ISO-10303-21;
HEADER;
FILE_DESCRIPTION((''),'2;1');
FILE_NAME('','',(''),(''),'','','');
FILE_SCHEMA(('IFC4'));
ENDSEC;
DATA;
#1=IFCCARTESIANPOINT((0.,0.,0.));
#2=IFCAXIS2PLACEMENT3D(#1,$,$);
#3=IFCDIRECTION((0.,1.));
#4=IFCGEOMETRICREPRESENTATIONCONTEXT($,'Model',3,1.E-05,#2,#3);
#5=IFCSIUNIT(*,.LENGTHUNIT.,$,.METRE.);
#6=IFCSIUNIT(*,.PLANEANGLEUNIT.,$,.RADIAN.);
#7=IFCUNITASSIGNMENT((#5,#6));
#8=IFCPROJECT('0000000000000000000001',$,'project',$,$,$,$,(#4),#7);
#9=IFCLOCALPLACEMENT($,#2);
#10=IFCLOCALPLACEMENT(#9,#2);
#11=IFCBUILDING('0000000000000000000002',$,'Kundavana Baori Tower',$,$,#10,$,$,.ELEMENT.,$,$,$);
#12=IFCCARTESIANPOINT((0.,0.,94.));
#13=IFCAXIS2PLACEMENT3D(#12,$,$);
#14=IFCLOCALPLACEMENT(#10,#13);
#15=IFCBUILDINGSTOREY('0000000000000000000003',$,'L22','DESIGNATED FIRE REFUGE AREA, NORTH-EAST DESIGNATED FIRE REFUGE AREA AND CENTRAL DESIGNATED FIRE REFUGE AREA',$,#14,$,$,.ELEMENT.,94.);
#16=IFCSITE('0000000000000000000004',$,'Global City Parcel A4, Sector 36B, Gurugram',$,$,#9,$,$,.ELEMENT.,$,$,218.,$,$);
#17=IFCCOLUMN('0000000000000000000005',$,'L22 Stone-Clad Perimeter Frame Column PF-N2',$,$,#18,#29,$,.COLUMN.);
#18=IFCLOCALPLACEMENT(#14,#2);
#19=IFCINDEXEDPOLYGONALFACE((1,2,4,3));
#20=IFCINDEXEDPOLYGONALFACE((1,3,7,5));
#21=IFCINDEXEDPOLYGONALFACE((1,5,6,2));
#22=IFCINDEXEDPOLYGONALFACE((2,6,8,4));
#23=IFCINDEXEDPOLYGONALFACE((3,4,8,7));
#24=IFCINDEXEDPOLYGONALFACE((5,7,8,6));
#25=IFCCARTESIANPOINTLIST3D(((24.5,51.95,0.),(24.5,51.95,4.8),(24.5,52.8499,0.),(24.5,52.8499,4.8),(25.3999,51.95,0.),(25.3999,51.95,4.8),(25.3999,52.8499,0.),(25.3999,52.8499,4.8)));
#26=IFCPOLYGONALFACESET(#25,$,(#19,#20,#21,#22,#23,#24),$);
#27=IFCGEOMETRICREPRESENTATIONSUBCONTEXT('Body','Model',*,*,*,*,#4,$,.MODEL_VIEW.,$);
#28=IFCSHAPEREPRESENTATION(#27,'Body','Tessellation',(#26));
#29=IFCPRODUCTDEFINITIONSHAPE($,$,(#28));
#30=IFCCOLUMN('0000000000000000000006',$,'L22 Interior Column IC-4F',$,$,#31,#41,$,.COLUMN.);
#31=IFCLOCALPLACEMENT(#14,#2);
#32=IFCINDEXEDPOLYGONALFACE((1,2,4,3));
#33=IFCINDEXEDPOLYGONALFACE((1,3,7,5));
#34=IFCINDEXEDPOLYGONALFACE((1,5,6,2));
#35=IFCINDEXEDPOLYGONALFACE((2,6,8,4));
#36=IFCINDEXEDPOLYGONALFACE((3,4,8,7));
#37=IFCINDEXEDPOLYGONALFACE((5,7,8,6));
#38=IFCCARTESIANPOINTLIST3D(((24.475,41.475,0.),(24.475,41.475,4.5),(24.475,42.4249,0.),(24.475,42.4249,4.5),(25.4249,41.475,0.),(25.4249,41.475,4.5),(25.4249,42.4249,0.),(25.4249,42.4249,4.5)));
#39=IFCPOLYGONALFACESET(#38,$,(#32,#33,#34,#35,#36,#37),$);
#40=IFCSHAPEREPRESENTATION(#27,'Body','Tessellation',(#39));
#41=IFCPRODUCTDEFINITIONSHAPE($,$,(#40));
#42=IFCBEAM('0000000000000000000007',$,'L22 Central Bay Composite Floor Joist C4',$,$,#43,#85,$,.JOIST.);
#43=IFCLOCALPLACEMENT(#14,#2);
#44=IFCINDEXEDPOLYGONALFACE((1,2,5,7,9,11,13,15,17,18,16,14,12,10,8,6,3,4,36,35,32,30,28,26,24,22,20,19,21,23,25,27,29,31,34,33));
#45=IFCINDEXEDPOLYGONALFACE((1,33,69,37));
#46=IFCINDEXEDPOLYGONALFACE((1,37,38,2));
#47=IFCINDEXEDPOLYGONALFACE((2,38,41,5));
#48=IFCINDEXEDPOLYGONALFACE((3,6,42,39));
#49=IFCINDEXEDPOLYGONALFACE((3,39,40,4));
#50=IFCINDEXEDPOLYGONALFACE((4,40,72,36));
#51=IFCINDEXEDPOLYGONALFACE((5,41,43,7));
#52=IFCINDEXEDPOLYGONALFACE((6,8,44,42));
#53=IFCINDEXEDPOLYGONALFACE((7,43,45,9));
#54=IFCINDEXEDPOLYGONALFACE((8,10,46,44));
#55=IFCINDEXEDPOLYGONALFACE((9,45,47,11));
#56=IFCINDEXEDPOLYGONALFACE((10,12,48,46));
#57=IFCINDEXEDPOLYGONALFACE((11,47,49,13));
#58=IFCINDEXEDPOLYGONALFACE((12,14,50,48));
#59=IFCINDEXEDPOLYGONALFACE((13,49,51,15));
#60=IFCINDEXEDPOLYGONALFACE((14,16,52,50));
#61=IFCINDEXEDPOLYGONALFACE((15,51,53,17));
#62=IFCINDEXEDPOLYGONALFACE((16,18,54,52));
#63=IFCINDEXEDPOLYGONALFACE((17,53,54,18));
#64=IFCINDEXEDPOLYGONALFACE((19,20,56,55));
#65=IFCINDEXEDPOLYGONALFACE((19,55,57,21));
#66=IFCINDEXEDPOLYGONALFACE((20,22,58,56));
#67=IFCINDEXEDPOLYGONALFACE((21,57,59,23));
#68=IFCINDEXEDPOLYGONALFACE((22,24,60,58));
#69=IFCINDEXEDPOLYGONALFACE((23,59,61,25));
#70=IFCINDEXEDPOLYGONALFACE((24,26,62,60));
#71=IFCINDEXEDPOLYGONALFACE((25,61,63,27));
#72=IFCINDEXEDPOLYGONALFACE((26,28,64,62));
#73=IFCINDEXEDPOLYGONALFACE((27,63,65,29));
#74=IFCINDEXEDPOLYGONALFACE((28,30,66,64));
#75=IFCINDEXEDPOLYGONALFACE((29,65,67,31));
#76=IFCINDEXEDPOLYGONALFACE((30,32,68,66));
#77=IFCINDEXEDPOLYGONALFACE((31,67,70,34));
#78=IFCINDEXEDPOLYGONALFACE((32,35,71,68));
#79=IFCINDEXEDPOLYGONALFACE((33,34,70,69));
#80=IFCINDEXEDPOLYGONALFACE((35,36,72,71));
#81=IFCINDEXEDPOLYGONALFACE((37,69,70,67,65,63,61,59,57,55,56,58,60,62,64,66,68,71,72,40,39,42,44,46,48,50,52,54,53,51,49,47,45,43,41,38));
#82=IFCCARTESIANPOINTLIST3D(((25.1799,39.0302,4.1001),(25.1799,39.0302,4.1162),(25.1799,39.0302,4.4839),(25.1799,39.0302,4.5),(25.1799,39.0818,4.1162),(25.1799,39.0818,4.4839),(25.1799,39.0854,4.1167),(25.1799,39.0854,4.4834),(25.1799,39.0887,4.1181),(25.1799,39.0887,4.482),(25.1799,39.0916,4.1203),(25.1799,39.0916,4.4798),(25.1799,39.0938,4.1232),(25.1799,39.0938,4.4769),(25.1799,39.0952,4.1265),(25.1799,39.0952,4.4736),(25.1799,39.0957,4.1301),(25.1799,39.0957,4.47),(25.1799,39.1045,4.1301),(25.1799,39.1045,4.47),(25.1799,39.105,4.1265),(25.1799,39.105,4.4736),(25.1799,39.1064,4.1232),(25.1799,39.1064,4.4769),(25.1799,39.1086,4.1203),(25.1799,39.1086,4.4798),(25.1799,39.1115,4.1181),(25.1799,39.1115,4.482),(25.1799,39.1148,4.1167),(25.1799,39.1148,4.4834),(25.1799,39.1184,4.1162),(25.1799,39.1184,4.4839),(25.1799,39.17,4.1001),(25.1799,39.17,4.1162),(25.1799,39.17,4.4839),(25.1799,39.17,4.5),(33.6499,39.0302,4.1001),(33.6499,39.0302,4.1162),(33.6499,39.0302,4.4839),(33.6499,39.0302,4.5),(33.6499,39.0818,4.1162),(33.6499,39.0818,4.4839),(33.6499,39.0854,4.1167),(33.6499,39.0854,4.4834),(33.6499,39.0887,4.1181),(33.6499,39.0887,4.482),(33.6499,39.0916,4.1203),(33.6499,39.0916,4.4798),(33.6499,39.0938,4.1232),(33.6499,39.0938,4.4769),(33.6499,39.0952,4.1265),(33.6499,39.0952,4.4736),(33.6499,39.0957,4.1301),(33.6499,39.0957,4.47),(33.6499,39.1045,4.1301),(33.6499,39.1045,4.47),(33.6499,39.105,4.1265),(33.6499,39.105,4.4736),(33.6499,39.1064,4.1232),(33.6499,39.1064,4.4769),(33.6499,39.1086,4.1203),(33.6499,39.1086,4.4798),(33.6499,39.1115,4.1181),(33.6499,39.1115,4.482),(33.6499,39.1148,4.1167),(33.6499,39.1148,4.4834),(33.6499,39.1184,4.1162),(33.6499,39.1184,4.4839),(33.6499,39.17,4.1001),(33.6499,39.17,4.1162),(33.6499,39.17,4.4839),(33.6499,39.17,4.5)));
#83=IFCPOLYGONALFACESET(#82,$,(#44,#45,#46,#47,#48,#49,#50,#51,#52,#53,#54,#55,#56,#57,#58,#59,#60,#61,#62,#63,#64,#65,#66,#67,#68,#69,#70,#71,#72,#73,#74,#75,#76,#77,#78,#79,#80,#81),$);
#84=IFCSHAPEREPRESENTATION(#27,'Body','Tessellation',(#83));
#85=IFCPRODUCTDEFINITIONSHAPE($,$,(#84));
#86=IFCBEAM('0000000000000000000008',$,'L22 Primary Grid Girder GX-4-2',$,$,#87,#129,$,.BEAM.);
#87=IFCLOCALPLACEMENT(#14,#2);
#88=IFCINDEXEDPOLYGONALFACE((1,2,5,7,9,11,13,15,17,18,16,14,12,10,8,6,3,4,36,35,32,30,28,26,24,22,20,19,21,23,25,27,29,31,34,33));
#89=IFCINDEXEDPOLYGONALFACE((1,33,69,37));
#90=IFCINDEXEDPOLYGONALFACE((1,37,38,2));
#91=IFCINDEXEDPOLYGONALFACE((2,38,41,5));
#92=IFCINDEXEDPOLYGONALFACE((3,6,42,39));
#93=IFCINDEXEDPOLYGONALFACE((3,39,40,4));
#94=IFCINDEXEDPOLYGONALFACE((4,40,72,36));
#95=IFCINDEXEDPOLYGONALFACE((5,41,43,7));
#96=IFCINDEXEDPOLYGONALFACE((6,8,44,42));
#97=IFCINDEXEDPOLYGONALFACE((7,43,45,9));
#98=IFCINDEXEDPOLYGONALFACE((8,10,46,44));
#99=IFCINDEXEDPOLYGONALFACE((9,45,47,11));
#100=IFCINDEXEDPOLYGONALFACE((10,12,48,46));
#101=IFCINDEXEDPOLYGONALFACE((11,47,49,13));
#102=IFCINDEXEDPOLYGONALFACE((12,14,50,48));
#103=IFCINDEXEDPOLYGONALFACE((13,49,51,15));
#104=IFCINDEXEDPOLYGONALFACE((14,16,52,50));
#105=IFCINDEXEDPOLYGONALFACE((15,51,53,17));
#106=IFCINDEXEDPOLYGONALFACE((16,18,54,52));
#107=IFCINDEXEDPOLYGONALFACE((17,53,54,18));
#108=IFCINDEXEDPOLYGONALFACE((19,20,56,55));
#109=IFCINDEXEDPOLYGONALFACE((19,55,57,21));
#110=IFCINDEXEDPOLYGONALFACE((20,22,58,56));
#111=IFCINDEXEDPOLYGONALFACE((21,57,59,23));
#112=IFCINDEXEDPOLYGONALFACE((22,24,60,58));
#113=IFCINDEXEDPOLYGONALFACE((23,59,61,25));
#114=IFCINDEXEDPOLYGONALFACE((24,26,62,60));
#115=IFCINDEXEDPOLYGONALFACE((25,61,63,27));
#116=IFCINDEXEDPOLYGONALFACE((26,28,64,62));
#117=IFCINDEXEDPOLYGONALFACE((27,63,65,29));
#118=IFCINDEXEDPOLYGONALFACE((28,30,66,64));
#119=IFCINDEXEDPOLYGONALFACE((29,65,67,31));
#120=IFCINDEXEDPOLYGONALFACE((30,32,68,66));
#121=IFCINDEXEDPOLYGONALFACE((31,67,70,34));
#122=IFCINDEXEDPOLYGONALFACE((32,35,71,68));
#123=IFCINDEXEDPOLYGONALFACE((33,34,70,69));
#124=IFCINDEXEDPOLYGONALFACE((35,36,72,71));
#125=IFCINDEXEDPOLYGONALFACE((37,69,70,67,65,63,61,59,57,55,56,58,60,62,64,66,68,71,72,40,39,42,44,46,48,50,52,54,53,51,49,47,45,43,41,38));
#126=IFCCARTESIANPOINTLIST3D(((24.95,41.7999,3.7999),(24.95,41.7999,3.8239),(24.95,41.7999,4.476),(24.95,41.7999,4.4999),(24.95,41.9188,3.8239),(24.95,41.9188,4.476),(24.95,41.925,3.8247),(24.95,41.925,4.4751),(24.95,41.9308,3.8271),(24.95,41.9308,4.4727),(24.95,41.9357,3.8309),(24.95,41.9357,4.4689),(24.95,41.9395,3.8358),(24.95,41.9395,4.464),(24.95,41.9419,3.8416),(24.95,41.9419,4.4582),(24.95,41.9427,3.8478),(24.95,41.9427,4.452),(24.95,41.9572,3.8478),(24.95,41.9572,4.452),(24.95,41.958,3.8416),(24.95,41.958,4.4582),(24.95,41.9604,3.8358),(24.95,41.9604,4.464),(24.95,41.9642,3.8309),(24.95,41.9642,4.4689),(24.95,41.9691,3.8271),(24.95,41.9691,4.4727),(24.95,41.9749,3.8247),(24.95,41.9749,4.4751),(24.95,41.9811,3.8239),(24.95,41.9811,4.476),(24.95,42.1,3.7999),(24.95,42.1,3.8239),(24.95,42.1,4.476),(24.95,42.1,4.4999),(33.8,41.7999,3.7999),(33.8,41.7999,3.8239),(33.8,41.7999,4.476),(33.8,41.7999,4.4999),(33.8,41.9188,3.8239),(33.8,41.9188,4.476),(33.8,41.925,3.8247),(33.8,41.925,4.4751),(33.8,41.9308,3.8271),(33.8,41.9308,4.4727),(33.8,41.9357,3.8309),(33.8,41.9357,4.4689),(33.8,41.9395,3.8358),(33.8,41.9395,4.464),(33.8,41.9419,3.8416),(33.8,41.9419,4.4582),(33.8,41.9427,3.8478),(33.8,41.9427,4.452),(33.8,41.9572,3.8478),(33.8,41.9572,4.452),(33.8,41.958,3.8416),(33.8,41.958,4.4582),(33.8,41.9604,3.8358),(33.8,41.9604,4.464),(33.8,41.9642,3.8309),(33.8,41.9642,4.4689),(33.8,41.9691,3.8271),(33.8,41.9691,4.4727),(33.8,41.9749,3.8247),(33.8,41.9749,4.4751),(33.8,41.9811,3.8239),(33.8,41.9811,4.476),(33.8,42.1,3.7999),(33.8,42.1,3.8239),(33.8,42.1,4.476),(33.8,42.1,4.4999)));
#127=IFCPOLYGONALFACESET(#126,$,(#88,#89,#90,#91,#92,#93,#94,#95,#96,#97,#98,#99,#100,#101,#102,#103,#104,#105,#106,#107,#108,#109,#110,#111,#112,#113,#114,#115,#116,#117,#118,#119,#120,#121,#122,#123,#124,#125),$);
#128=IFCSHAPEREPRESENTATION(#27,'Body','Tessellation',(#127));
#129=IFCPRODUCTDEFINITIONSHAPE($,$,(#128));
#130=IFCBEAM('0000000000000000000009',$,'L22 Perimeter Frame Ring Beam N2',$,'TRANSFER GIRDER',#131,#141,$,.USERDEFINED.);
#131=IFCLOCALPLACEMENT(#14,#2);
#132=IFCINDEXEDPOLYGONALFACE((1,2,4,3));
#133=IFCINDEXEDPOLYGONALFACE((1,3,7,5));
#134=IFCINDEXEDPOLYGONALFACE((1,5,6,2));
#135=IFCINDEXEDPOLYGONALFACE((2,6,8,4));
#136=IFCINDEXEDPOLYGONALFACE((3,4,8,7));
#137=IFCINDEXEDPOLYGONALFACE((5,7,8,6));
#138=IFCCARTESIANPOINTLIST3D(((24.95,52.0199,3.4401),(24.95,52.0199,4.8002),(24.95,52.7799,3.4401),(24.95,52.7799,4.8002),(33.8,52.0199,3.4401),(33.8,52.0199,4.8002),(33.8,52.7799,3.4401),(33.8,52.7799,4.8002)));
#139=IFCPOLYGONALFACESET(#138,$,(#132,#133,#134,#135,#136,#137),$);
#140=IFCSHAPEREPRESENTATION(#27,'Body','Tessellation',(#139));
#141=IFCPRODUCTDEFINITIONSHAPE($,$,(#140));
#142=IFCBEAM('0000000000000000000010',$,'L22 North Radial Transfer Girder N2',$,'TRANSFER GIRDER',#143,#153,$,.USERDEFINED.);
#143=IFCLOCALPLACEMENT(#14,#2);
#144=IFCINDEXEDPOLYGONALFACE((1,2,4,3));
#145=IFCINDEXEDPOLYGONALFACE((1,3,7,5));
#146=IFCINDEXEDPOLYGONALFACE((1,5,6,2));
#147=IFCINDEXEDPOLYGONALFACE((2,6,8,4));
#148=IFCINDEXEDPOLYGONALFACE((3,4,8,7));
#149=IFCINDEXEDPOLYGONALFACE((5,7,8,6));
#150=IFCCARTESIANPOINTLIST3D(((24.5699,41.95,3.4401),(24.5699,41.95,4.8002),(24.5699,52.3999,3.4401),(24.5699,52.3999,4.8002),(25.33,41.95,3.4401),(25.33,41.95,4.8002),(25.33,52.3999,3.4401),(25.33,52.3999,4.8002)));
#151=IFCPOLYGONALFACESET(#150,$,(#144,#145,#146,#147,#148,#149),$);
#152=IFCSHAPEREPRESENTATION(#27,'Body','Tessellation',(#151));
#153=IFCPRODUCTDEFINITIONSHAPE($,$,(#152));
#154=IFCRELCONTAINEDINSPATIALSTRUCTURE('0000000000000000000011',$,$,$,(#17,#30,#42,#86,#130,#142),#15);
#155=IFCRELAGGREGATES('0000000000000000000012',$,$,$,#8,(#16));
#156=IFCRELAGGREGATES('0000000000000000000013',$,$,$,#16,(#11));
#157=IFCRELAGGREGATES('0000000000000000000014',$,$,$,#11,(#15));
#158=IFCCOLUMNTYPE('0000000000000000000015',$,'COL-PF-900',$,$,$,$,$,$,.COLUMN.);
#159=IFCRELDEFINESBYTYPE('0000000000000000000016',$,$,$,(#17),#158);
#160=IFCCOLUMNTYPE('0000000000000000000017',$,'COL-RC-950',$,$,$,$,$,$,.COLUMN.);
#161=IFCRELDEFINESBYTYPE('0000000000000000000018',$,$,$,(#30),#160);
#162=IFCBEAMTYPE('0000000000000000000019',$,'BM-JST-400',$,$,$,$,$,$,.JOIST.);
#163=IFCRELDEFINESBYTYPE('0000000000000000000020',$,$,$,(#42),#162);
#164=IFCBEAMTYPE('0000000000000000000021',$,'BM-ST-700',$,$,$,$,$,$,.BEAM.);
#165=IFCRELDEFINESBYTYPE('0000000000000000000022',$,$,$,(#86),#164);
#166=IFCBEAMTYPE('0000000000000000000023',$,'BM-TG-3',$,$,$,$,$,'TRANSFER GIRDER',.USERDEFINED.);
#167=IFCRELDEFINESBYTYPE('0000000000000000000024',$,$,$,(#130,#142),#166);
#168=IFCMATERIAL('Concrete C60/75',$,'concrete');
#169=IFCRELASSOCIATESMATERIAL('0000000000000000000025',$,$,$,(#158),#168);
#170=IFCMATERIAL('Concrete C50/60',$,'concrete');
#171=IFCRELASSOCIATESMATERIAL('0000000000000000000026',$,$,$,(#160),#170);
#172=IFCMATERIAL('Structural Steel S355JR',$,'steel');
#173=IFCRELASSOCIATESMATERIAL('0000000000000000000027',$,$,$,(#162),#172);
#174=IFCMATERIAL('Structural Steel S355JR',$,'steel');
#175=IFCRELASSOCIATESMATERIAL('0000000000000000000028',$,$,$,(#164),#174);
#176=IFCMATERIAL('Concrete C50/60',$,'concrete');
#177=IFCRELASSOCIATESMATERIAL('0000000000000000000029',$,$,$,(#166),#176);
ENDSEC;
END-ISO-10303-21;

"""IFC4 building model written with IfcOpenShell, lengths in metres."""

from ifc_helpers import new_model, si_unit, direction, frame, origin, origin_2d, place, context, subcontext, project, spatial, rectangle, i_section, extrude, material, material_profile, profile_set, type_object, element, save


model = new_model("IFC4")

# Units and contexts
model_context = context("Model", 3, precision=1e-05, world=origin(), true_north=direction((0.0, 1.0)))
body_context = subcontext(model_context, "Body", "Model", "MODEL_VIEW")
ifc_project = project(units=[si_unit("LENGTHUNIT", "METRE"), si_unit("PLANEANGLEUNIT", "RADIAN")], contexts=[model_context])

# Site, building, storey
site_placement = place(None, origin())
site = spatial("IfcSite", under=ifc_project, at=site_placement, Name="Global City Parcel A4, Sector 36B, Gurugram", CompositionType="ELEMENT", RefElevation=218.0)
building_placement = place(site_placement, origin())
building = spatial("IfcBuilding", under=site, at=building_placement, Name="Kundavana Baori Tower", CompositionType="ELEMENT")
storey_placement = place(building_placement, frame((0.0, 0.0, 94.0)))
storey = spatial("IfcBuildingStorey", under=building, at=storey_placement, Name="L22", Description="DESIGNATED FIRE REFUGE AREA, NORTH-EAST DESIGNATED FIRE REFUGE AREA AND CENTRAL DESIGNATED FIRE REFUGE AREA", CompositionType="ELEMENT", Elevation=94.0)

# Columns
ifc_material_1 = material(Name="Concrete C60/75", Category="concrete")
ifc_material_profile_1 = material_profile(ifc_material_1, rectangle(XDim=0.8999, YDim=0.8999, at=origin_2d()), Name="RC PF 900x900")
ifc_profile_set_1 = profile_set([ifc_material_profile_1], Name="Concrete C60/75")
column_type_1 = type_object("IfcColumnType", Name="COL-PF-900", PredefinedType="COLUMN", material=ifc_profile_set_1)
column_1_placement = place(storey_placement, frame((24.95, 52.3999, 0.0), z_axis=(0.0, 0.0, 1.0), x_axis=(1.0, 0.0, 0.0)))
element("IfcColumn", 1, at=column_1_placement, inside=storey, type_object=column_type_1, Name="L22 Stone-Clad Perimeter Frame Column PF-N2", PredefinedType="COLUMN", context=body_context, shape_type="SweptSolid", body=[
    extrude(rectangle(XDim=0.8999, YDim=0.8999, at=origin_2d()), origin(), (0.0, 0.0, 1.0), 4.8),
])
ifc_material_2 = material(Name="Concrete C50/60", Category="concrete")
ifc_material_profile_2 = material_profile(ifc_material_2, rectangle(XDim=0.95, YDim=0.95, at=origin_2d()), Name="RC 950x950")
ifc_profile_set_2 = profile_set([ifc_material_profile_2], Name="Concrete C50/60")
column_type_2 = type_object("IfcColumnType", Name="COL-RC-950", PredefinedType="COLUMN", material=ifc_profile_set_2)
column_2_placement = place(storey_placement, frame((24.95, 41.95, 0.0), z_axis=(0.0, 0.0, 1.0), x_axis=(1.0, 0.0, 0.0)))
element("IfcColumn", 2, at=column_2_placement, inside=storey, type_object=column_type_2, Name="L22 Interior Column IC-4F", PredefinedType="COLUMN", context=body_context, shape_type="SweptSolid", body=[
    extrude(rectangle(XDim=0.95, YDim=0.95, at=origin_2d()), origin(), (0.0, 0.0, 1.0), 4.5),
])

# Beams
ifc_material_3 = material(Name="Structural Steel S355JR", Category="steel")
ifc_material_profile_3 = material_profile(ifc_material_3, i_section(OverallWidth=0.1399, OverallDepth=0.3999, WebThickness=0.0088, FlangeThickness=0.0161, FilletRadius=0.0139, at=origin_2d()), Name="ISMB 400")
ifc_profile_set_3 = profile_set([ifc_material_profile_3], Name="Structural Steel S355JR")
beam_type_1 = type_object("IfcBeamType", Name="BM-JST-400", PredefinedType="JOIST", material=ifc_profile_set_3)
beam_1_placement = place(storey_placement, frame((25.1799, 39.1001, 4.3), z_axis=(1.0, 0.0, 0.0), x_axis=(0.0, 1.0, 0.0)))
element("IfcBeam", 3, at=beam_1_placement, inside=storey, type_object=beam_type_1, Name="L22 Central Bay Composite Floor Joist C4", PredefinedType="JOIST", context=body_context, shape_type="SweptSolid", body=[
    extrude(i_section(OverallWidth=0.1399, OverallDepth=0.3999, WebThickness=0.0088, FlangeThickness=0.0161, FilletRadius=0.0139, at=origin_2d()), origin(), (0.0, 0.0, 1.0), 8.47),
])
ifc_material_4 = material(Name="Structural Steel S355JR", Category="steel")
ifc_material_profile_4 = material_profile(ifc_material_4, i_section(OverallWidth=0.3, OverallDepth=0.7, WebThickness=0.0144, FlangeThickness=0.0239, FilletRadius=0.0239, at=origin_2d()), Name="NPB 700x300x170")
ifc_profile_set_4 = profile_set([ifc_material_profile_4], Name="Structural Steel S355JR")
beam_type_2 = type_object("IfcBeamType", Name="BM-ST-700", PredefinedType="BEAM", material=ifc_profile_set_4)
beam_2_placement = place(storey_placement, frame((24.95, 41.95, 4.1499), z_axis=(1.0, 0.0, 0.0), x_axis=(0.0, 1.0, 0.0)))
element("IfcBeam", 4, at=beam_2_placement, inside=storey, type_object=beam_type_2, Name="L22 Primary Grid Girder GX-4-2", PredefinedType="BEAM", context=body_context, shape_type="SweptSolid", body=[
    extrude(i_section(OverallWidth=0.3, OverallDepth=0.7, WebThickness=0.0144, FlangeThickness=0.0239, FilletRadius=0.0239, at=origin_2d()), origin(), (0.0, 0.0, 1.0), 8.8501),
])
ifc_material_5 = material(Name="Concrete C50/60", Category="concrete")
ifc_material_profile_5 = material_profile(ifc_material_5, rectangle(XDim=0.76, YDim=1.3601, at=origin_2d()), Name="BM-TG-3")
ifc_profile_set_5 = profile_set([ifc_material_profile_5], Name="Concrete C50/60")
beam_type_3 = type_object("IfcBeamType", Name="BM-TG-3", ElementType="TRANSFER GIRDER", PredefinedType="USERDEFINED", material=ifc_profile_set_5)
beam_3_placement = place(storey_placement, frame((24.95, 52.3999, 4.1201), z_axis=(1.0, 0.0, 0.0), x_axis=(0.0, 1.0, 0.0)))
element("IfcBeam", 5, at=beam_3_placement, inside=storey, type_object=beam_type_3, Name="L22 Perimeter Frame Ring Beam N2", ObjectType="TRANSFER GIRDER", PredefinedType="USERDEFINED", context=body_context, shape_type="SweptSolid", body=[
    extrude(rectangle(XDim=0.76, YDim=1.3601, at=origin_2d()), origin(), (0.0, 0.0, 1.0), 8.8501),
])
beam_4_placement = place(storey_placement, frame((24.95, 41.95, 4.1201), z_axis=(0.0, 1.0, 0.0), x_axis=(-1.0, 0.0, 0.0)))
element("IfcBeam", 6, at=beam_4_placement, inside=storey, type_object=beam_type_3, Name="L22 North Radial Transfer Girder N2", ObjectType="TRANSFER GIRDER", PredefinedType="USERDEFINED", context=body_context, shape_type="SweptSolid", body=[
    extrude(rectangle(XDim=0.76, YDim=1.3601, at=origin_2d()), origin(), (0.0, 0.0, 1.0), 10.45),
])

save(model, "model.ifc")
